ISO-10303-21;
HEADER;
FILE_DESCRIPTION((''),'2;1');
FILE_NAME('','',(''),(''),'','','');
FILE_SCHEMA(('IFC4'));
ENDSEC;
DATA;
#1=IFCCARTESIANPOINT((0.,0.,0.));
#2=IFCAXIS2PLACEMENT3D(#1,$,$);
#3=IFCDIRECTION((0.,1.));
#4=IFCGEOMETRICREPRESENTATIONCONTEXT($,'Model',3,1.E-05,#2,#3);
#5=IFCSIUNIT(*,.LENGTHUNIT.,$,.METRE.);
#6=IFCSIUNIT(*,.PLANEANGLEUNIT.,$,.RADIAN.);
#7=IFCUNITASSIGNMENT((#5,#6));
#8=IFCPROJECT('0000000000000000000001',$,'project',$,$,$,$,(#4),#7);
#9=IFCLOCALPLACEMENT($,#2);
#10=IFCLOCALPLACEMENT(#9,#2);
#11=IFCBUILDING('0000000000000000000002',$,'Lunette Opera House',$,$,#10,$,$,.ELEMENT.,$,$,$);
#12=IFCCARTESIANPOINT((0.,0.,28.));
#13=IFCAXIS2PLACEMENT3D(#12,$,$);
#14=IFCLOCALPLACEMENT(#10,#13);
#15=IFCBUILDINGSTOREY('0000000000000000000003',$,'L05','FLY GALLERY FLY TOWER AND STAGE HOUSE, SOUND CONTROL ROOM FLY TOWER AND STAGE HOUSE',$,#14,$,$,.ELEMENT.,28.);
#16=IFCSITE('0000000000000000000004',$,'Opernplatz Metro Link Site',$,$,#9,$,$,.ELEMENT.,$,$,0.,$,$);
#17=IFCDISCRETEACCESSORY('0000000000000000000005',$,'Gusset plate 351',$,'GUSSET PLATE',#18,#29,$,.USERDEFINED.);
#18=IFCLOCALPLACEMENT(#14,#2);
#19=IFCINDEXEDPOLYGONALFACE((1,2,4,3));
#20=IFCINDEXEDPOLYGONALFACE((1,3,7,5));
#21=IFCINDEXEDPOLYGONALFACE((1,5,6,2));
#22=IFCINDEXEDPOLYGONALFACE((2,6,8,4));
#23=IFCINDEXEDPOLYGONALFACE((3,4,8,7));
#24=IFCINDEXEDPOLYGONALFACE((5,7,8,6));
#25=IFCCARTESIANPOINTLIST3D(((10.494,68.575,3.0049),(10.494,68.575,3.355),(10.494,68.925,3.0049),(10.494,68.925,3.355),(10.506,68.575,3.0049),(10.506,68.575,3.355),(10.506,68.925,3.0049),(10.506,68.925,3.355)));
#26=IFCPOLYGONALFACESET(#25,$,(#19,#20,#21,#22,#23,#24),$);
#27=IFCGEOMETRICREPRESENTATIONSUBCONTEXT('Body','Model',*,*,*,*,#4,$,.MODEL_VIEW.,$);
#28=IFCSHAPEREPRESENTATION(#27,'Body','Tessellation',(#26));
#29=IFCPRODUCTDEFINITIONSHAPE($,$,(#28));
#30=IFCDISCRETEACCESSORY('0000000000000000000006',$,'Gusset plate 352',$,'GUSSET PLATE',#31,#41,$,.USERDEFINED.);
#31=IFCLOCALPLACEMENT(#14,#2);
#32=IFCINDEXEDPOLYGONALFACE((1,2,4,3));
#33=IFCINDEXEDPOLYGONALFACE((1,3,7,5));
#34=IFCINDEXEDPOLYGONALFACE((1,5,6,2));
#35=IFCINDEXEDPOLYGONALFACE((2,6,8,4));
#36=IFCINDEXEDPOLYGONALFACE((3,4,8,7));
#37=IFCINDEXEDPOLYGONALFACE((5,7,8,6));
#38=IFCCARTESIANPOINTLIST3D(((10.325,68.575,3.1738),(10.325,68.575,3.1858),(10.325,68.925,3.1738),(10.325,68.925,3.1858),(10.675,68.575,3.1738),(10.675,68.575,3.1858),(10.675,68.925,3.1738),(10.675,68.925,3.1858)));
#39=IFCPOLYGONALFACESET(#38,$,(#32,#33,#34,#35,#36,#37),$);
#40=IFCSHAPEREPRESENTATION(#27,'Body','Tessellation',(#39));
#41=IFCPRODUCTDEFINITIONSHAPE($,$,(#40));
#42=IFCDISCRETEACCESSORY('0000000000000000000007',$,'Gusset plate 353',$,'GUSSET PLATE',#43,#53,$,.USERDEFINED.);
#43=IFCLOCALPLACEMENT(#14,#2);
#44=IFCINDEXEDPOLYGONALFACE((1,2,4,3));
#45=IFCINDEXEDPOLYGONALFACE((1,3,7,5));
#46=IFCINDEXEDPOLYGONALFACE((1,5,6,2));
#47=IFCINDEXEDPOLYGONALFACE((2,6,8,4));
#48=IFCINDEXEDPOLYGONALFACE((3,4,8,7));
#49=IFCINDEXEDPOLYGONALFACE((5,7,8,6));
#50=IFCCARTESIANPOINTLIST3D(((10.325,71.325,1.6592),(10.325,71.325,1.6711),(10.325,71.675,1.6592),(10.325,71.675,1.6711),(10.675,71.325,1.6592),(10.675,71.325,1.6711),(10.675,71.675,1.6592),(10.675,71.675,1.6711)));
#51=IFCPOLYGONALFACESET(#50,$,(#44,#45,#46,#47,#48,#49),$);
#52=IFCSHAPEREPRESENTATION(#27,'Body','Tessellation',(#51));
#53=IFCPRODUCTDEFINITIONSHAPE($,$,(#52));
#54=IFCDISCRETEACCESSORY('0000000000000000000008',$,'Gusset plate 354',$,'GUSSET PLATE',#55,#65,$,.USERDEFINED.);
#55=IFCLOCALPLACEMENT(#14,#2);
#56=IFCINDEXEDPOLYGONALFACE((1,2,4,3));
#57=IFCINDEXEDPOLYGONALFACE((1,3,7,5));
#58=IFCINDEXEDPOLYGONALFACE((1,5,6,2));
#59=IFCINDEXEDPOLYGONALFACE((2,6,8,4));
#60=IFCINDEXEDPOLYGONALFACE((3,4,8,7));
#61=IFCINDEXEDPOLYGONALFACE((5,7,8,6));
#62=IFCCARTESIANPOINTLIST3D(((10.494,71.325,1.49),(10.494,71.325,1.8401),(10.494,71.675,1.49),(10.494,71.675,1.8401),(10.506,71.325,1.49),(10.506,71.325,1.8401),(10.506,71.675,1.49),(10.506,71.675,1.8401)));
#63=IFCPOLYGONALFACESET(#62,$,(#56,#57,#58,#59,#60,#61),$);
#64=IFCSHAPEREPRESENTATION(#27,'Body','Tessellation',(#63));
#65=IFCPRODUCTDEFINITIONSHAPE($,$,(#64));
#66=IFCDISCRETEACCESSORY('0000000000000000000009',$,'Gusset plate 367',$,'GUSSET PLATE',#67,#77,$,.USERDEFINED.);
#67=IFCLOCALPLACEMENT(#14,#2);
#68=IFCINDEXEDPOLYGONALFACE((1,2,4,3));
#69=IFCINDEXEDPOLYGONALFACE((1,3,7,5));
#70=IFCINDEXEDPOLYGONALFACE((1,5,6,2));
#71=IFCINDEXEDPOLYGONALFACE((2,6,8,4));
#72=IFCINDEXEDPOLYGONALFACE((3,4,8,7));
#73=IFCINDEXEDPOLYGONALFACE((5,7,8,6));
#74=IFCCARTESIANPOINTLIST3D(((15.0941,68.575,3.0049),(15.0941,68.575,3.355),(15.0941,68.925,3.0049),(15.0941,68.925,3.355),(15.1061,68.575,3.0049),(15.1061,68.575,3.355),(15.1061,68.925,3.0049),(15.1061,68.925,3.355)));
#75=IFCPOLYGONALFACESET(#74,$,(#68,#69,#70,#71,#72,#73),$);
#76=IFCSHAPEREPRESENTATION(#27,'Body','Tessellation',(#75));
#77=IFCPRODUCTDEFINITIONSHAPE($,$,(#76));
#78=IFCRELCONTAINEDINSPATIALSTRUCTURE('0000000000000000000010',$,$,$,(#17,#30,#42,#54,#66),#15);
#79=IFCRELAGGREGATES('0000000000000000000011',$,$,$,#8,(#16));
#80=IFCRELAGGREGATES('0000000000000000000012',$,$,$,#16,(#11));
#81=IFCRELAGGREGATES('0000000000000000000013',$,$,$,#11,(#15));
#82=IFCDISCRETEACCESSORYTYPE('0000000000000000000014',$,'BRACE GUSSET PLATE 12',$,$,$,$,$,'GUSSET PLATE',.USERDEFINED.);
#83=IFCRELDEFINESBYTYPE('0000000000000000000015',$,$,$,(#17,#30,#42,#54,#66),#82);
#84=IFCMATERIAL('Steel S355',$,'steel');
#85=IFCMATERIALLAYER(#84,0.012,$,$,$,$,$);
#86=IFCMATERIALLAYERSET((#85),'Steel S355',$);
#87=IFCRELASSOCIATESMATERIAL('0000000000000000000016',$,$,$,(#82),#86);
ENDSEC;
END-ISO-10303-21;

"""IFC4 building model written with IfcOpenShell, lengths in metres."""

from ifc_helpers import new_model, si_unit, direction, frame, origin, origin_2d, place, context, subcontext, project, spatial, rectangle, extrude, material, layer, layer_set, type_object, element, save


model = new_model("IFC4")

# Units and contexts
model_context = context("Model", 3, precision=1e-05, world=origin(), true_north=direction((0.0, 1.0)))
body_context = subcontext(model_context, "Body", "Model", "MODEL_VIEW")
ifc_project = project(units=[si_unit("LENGTHUNIT", "METRE"), si_unit("PLANEANGLEUNIT", "RADIAN")], contexts=[model_context])

# Site, building, storey
site_placement = place(None, origin())
site = spatial("IfcSite", under=ifc_project, at=site_placement, Name="Opernplatz Metro Link Site", CompositionType="ELEMENT", RefElevation=0.0)
building_placement = place(site_placement, origin())
building = spatial("IfcBuilding", under=site, at=building_placement, Name="Lunette Opera House", CompositionType="ELEMENT")
storey_placement = place(building_placement, frame((0.0, 0.0, 28.0)))
storey = spatial("IfcBuildingStorey", under=building, at=storey_placement, Name="L05", Description="FLY GALLERY FLY TOWER AND STAGE HOUSE, SOUND CONTROL ROOM FLY TOWER AND STAGE HOUSE", CompositionType="ELEMENT", Elevation=28.0)

# Discrete accessories
ifc_material_1 = material(Name="Steel S355", Category="steel")
ifc_layer = layer(ifc_material_1, 0.012)
ifc_layer_set = layer_set([ifc_layer], Name="Steel S355")
discrete_accessory_type = type_object("IfcDiscreteAccessoryType", Name="BRACE GUSSET PLATE 12", ElementType="GUSSET PLATE", PredefinedType="USERDEFINED", material=ifc_layer_set)
discrete_accessory_placement = place(storey_placement, frame((10.5, 68.75, 3.0049), z_axis=(0.0, 0.0, 1.0), x_axis=(0.0, 1.0, 0.0)))
element("IfcDiscreteAccessory", 1, at=discrete_accessory_placement, inside=storey, type_object=discrete_accessory_type, Name="Gusset plate 351", ObjectType="GUSSET PLATE", PredefinedType="USERDEFINED", context=body_context, shape_type="SweptSolid", body=[
    extrude(rectangle(XDim=0.3501, YDim=0.012, at=origin_2d()), origin(), (0.0, 0.0, 1.0), 0.3501),
])
for number, where, z_axis, x_axis, name in (
    (2, (10.5, 68.75, 3.1738), (0.0, 0.0, 1.0), (0.0, 1.0, 0.0), "Gusset plate 352"),
    (3, (10.5, 71.5, 1.6592), (0.0, 0.0, 1.0), (0.0, 1.0, 0.0), "Gusset plate 353"),
):
    element("IfcDiscreteAccessory", number, at=place(storey_placement, frame(where, z_axis=z_axis, x_axis=x_axis)), inside=storey, type_object=discrete_accessory_type, Name=name, ObjectType="GUSSET PLATE", PredefinedType="USERDEFINED", context=body_context, shape_type="SweptSolid", body=[
        extrude(rectangle(XDim=0.3501, YDim=0.3501, at=origin_2d()), origin(), (0.0, 0.0, 1.0), 0.012),
    ])
for number, where, z_axis, x_axis, name in (
    (4, (10.5, 71.5, 1.49), (0.0, 0.0, 1.0), (0.0, 1.0, 0.0), "Gusset plate 354"),
    (5, (15.1001, 68.75, 3.0049), (0.0, 0.0, 1.0), (0.0, 1.0, 0.0), "Gusset plate 367"),
):
    element("IfcDiscreteAccessory", number, at=place(storey_placement, frame(where, z_axis=z_axis, x_axis=x_axis)), inside=storey, type_object=discrete_accessory_type, Name=name, ObjectType="GUSSET PLATE", PredefinedType="USERDEFINED", context=body_context, shape_type="SweptSolid", body=[
        extrude(rectangle(XDim=0.3501, YDim=0.012, at=origin_2d()), origin(), (0.0, 0.0, 1.0), 0.3501),
    ])

save(model, "model.ifc")
